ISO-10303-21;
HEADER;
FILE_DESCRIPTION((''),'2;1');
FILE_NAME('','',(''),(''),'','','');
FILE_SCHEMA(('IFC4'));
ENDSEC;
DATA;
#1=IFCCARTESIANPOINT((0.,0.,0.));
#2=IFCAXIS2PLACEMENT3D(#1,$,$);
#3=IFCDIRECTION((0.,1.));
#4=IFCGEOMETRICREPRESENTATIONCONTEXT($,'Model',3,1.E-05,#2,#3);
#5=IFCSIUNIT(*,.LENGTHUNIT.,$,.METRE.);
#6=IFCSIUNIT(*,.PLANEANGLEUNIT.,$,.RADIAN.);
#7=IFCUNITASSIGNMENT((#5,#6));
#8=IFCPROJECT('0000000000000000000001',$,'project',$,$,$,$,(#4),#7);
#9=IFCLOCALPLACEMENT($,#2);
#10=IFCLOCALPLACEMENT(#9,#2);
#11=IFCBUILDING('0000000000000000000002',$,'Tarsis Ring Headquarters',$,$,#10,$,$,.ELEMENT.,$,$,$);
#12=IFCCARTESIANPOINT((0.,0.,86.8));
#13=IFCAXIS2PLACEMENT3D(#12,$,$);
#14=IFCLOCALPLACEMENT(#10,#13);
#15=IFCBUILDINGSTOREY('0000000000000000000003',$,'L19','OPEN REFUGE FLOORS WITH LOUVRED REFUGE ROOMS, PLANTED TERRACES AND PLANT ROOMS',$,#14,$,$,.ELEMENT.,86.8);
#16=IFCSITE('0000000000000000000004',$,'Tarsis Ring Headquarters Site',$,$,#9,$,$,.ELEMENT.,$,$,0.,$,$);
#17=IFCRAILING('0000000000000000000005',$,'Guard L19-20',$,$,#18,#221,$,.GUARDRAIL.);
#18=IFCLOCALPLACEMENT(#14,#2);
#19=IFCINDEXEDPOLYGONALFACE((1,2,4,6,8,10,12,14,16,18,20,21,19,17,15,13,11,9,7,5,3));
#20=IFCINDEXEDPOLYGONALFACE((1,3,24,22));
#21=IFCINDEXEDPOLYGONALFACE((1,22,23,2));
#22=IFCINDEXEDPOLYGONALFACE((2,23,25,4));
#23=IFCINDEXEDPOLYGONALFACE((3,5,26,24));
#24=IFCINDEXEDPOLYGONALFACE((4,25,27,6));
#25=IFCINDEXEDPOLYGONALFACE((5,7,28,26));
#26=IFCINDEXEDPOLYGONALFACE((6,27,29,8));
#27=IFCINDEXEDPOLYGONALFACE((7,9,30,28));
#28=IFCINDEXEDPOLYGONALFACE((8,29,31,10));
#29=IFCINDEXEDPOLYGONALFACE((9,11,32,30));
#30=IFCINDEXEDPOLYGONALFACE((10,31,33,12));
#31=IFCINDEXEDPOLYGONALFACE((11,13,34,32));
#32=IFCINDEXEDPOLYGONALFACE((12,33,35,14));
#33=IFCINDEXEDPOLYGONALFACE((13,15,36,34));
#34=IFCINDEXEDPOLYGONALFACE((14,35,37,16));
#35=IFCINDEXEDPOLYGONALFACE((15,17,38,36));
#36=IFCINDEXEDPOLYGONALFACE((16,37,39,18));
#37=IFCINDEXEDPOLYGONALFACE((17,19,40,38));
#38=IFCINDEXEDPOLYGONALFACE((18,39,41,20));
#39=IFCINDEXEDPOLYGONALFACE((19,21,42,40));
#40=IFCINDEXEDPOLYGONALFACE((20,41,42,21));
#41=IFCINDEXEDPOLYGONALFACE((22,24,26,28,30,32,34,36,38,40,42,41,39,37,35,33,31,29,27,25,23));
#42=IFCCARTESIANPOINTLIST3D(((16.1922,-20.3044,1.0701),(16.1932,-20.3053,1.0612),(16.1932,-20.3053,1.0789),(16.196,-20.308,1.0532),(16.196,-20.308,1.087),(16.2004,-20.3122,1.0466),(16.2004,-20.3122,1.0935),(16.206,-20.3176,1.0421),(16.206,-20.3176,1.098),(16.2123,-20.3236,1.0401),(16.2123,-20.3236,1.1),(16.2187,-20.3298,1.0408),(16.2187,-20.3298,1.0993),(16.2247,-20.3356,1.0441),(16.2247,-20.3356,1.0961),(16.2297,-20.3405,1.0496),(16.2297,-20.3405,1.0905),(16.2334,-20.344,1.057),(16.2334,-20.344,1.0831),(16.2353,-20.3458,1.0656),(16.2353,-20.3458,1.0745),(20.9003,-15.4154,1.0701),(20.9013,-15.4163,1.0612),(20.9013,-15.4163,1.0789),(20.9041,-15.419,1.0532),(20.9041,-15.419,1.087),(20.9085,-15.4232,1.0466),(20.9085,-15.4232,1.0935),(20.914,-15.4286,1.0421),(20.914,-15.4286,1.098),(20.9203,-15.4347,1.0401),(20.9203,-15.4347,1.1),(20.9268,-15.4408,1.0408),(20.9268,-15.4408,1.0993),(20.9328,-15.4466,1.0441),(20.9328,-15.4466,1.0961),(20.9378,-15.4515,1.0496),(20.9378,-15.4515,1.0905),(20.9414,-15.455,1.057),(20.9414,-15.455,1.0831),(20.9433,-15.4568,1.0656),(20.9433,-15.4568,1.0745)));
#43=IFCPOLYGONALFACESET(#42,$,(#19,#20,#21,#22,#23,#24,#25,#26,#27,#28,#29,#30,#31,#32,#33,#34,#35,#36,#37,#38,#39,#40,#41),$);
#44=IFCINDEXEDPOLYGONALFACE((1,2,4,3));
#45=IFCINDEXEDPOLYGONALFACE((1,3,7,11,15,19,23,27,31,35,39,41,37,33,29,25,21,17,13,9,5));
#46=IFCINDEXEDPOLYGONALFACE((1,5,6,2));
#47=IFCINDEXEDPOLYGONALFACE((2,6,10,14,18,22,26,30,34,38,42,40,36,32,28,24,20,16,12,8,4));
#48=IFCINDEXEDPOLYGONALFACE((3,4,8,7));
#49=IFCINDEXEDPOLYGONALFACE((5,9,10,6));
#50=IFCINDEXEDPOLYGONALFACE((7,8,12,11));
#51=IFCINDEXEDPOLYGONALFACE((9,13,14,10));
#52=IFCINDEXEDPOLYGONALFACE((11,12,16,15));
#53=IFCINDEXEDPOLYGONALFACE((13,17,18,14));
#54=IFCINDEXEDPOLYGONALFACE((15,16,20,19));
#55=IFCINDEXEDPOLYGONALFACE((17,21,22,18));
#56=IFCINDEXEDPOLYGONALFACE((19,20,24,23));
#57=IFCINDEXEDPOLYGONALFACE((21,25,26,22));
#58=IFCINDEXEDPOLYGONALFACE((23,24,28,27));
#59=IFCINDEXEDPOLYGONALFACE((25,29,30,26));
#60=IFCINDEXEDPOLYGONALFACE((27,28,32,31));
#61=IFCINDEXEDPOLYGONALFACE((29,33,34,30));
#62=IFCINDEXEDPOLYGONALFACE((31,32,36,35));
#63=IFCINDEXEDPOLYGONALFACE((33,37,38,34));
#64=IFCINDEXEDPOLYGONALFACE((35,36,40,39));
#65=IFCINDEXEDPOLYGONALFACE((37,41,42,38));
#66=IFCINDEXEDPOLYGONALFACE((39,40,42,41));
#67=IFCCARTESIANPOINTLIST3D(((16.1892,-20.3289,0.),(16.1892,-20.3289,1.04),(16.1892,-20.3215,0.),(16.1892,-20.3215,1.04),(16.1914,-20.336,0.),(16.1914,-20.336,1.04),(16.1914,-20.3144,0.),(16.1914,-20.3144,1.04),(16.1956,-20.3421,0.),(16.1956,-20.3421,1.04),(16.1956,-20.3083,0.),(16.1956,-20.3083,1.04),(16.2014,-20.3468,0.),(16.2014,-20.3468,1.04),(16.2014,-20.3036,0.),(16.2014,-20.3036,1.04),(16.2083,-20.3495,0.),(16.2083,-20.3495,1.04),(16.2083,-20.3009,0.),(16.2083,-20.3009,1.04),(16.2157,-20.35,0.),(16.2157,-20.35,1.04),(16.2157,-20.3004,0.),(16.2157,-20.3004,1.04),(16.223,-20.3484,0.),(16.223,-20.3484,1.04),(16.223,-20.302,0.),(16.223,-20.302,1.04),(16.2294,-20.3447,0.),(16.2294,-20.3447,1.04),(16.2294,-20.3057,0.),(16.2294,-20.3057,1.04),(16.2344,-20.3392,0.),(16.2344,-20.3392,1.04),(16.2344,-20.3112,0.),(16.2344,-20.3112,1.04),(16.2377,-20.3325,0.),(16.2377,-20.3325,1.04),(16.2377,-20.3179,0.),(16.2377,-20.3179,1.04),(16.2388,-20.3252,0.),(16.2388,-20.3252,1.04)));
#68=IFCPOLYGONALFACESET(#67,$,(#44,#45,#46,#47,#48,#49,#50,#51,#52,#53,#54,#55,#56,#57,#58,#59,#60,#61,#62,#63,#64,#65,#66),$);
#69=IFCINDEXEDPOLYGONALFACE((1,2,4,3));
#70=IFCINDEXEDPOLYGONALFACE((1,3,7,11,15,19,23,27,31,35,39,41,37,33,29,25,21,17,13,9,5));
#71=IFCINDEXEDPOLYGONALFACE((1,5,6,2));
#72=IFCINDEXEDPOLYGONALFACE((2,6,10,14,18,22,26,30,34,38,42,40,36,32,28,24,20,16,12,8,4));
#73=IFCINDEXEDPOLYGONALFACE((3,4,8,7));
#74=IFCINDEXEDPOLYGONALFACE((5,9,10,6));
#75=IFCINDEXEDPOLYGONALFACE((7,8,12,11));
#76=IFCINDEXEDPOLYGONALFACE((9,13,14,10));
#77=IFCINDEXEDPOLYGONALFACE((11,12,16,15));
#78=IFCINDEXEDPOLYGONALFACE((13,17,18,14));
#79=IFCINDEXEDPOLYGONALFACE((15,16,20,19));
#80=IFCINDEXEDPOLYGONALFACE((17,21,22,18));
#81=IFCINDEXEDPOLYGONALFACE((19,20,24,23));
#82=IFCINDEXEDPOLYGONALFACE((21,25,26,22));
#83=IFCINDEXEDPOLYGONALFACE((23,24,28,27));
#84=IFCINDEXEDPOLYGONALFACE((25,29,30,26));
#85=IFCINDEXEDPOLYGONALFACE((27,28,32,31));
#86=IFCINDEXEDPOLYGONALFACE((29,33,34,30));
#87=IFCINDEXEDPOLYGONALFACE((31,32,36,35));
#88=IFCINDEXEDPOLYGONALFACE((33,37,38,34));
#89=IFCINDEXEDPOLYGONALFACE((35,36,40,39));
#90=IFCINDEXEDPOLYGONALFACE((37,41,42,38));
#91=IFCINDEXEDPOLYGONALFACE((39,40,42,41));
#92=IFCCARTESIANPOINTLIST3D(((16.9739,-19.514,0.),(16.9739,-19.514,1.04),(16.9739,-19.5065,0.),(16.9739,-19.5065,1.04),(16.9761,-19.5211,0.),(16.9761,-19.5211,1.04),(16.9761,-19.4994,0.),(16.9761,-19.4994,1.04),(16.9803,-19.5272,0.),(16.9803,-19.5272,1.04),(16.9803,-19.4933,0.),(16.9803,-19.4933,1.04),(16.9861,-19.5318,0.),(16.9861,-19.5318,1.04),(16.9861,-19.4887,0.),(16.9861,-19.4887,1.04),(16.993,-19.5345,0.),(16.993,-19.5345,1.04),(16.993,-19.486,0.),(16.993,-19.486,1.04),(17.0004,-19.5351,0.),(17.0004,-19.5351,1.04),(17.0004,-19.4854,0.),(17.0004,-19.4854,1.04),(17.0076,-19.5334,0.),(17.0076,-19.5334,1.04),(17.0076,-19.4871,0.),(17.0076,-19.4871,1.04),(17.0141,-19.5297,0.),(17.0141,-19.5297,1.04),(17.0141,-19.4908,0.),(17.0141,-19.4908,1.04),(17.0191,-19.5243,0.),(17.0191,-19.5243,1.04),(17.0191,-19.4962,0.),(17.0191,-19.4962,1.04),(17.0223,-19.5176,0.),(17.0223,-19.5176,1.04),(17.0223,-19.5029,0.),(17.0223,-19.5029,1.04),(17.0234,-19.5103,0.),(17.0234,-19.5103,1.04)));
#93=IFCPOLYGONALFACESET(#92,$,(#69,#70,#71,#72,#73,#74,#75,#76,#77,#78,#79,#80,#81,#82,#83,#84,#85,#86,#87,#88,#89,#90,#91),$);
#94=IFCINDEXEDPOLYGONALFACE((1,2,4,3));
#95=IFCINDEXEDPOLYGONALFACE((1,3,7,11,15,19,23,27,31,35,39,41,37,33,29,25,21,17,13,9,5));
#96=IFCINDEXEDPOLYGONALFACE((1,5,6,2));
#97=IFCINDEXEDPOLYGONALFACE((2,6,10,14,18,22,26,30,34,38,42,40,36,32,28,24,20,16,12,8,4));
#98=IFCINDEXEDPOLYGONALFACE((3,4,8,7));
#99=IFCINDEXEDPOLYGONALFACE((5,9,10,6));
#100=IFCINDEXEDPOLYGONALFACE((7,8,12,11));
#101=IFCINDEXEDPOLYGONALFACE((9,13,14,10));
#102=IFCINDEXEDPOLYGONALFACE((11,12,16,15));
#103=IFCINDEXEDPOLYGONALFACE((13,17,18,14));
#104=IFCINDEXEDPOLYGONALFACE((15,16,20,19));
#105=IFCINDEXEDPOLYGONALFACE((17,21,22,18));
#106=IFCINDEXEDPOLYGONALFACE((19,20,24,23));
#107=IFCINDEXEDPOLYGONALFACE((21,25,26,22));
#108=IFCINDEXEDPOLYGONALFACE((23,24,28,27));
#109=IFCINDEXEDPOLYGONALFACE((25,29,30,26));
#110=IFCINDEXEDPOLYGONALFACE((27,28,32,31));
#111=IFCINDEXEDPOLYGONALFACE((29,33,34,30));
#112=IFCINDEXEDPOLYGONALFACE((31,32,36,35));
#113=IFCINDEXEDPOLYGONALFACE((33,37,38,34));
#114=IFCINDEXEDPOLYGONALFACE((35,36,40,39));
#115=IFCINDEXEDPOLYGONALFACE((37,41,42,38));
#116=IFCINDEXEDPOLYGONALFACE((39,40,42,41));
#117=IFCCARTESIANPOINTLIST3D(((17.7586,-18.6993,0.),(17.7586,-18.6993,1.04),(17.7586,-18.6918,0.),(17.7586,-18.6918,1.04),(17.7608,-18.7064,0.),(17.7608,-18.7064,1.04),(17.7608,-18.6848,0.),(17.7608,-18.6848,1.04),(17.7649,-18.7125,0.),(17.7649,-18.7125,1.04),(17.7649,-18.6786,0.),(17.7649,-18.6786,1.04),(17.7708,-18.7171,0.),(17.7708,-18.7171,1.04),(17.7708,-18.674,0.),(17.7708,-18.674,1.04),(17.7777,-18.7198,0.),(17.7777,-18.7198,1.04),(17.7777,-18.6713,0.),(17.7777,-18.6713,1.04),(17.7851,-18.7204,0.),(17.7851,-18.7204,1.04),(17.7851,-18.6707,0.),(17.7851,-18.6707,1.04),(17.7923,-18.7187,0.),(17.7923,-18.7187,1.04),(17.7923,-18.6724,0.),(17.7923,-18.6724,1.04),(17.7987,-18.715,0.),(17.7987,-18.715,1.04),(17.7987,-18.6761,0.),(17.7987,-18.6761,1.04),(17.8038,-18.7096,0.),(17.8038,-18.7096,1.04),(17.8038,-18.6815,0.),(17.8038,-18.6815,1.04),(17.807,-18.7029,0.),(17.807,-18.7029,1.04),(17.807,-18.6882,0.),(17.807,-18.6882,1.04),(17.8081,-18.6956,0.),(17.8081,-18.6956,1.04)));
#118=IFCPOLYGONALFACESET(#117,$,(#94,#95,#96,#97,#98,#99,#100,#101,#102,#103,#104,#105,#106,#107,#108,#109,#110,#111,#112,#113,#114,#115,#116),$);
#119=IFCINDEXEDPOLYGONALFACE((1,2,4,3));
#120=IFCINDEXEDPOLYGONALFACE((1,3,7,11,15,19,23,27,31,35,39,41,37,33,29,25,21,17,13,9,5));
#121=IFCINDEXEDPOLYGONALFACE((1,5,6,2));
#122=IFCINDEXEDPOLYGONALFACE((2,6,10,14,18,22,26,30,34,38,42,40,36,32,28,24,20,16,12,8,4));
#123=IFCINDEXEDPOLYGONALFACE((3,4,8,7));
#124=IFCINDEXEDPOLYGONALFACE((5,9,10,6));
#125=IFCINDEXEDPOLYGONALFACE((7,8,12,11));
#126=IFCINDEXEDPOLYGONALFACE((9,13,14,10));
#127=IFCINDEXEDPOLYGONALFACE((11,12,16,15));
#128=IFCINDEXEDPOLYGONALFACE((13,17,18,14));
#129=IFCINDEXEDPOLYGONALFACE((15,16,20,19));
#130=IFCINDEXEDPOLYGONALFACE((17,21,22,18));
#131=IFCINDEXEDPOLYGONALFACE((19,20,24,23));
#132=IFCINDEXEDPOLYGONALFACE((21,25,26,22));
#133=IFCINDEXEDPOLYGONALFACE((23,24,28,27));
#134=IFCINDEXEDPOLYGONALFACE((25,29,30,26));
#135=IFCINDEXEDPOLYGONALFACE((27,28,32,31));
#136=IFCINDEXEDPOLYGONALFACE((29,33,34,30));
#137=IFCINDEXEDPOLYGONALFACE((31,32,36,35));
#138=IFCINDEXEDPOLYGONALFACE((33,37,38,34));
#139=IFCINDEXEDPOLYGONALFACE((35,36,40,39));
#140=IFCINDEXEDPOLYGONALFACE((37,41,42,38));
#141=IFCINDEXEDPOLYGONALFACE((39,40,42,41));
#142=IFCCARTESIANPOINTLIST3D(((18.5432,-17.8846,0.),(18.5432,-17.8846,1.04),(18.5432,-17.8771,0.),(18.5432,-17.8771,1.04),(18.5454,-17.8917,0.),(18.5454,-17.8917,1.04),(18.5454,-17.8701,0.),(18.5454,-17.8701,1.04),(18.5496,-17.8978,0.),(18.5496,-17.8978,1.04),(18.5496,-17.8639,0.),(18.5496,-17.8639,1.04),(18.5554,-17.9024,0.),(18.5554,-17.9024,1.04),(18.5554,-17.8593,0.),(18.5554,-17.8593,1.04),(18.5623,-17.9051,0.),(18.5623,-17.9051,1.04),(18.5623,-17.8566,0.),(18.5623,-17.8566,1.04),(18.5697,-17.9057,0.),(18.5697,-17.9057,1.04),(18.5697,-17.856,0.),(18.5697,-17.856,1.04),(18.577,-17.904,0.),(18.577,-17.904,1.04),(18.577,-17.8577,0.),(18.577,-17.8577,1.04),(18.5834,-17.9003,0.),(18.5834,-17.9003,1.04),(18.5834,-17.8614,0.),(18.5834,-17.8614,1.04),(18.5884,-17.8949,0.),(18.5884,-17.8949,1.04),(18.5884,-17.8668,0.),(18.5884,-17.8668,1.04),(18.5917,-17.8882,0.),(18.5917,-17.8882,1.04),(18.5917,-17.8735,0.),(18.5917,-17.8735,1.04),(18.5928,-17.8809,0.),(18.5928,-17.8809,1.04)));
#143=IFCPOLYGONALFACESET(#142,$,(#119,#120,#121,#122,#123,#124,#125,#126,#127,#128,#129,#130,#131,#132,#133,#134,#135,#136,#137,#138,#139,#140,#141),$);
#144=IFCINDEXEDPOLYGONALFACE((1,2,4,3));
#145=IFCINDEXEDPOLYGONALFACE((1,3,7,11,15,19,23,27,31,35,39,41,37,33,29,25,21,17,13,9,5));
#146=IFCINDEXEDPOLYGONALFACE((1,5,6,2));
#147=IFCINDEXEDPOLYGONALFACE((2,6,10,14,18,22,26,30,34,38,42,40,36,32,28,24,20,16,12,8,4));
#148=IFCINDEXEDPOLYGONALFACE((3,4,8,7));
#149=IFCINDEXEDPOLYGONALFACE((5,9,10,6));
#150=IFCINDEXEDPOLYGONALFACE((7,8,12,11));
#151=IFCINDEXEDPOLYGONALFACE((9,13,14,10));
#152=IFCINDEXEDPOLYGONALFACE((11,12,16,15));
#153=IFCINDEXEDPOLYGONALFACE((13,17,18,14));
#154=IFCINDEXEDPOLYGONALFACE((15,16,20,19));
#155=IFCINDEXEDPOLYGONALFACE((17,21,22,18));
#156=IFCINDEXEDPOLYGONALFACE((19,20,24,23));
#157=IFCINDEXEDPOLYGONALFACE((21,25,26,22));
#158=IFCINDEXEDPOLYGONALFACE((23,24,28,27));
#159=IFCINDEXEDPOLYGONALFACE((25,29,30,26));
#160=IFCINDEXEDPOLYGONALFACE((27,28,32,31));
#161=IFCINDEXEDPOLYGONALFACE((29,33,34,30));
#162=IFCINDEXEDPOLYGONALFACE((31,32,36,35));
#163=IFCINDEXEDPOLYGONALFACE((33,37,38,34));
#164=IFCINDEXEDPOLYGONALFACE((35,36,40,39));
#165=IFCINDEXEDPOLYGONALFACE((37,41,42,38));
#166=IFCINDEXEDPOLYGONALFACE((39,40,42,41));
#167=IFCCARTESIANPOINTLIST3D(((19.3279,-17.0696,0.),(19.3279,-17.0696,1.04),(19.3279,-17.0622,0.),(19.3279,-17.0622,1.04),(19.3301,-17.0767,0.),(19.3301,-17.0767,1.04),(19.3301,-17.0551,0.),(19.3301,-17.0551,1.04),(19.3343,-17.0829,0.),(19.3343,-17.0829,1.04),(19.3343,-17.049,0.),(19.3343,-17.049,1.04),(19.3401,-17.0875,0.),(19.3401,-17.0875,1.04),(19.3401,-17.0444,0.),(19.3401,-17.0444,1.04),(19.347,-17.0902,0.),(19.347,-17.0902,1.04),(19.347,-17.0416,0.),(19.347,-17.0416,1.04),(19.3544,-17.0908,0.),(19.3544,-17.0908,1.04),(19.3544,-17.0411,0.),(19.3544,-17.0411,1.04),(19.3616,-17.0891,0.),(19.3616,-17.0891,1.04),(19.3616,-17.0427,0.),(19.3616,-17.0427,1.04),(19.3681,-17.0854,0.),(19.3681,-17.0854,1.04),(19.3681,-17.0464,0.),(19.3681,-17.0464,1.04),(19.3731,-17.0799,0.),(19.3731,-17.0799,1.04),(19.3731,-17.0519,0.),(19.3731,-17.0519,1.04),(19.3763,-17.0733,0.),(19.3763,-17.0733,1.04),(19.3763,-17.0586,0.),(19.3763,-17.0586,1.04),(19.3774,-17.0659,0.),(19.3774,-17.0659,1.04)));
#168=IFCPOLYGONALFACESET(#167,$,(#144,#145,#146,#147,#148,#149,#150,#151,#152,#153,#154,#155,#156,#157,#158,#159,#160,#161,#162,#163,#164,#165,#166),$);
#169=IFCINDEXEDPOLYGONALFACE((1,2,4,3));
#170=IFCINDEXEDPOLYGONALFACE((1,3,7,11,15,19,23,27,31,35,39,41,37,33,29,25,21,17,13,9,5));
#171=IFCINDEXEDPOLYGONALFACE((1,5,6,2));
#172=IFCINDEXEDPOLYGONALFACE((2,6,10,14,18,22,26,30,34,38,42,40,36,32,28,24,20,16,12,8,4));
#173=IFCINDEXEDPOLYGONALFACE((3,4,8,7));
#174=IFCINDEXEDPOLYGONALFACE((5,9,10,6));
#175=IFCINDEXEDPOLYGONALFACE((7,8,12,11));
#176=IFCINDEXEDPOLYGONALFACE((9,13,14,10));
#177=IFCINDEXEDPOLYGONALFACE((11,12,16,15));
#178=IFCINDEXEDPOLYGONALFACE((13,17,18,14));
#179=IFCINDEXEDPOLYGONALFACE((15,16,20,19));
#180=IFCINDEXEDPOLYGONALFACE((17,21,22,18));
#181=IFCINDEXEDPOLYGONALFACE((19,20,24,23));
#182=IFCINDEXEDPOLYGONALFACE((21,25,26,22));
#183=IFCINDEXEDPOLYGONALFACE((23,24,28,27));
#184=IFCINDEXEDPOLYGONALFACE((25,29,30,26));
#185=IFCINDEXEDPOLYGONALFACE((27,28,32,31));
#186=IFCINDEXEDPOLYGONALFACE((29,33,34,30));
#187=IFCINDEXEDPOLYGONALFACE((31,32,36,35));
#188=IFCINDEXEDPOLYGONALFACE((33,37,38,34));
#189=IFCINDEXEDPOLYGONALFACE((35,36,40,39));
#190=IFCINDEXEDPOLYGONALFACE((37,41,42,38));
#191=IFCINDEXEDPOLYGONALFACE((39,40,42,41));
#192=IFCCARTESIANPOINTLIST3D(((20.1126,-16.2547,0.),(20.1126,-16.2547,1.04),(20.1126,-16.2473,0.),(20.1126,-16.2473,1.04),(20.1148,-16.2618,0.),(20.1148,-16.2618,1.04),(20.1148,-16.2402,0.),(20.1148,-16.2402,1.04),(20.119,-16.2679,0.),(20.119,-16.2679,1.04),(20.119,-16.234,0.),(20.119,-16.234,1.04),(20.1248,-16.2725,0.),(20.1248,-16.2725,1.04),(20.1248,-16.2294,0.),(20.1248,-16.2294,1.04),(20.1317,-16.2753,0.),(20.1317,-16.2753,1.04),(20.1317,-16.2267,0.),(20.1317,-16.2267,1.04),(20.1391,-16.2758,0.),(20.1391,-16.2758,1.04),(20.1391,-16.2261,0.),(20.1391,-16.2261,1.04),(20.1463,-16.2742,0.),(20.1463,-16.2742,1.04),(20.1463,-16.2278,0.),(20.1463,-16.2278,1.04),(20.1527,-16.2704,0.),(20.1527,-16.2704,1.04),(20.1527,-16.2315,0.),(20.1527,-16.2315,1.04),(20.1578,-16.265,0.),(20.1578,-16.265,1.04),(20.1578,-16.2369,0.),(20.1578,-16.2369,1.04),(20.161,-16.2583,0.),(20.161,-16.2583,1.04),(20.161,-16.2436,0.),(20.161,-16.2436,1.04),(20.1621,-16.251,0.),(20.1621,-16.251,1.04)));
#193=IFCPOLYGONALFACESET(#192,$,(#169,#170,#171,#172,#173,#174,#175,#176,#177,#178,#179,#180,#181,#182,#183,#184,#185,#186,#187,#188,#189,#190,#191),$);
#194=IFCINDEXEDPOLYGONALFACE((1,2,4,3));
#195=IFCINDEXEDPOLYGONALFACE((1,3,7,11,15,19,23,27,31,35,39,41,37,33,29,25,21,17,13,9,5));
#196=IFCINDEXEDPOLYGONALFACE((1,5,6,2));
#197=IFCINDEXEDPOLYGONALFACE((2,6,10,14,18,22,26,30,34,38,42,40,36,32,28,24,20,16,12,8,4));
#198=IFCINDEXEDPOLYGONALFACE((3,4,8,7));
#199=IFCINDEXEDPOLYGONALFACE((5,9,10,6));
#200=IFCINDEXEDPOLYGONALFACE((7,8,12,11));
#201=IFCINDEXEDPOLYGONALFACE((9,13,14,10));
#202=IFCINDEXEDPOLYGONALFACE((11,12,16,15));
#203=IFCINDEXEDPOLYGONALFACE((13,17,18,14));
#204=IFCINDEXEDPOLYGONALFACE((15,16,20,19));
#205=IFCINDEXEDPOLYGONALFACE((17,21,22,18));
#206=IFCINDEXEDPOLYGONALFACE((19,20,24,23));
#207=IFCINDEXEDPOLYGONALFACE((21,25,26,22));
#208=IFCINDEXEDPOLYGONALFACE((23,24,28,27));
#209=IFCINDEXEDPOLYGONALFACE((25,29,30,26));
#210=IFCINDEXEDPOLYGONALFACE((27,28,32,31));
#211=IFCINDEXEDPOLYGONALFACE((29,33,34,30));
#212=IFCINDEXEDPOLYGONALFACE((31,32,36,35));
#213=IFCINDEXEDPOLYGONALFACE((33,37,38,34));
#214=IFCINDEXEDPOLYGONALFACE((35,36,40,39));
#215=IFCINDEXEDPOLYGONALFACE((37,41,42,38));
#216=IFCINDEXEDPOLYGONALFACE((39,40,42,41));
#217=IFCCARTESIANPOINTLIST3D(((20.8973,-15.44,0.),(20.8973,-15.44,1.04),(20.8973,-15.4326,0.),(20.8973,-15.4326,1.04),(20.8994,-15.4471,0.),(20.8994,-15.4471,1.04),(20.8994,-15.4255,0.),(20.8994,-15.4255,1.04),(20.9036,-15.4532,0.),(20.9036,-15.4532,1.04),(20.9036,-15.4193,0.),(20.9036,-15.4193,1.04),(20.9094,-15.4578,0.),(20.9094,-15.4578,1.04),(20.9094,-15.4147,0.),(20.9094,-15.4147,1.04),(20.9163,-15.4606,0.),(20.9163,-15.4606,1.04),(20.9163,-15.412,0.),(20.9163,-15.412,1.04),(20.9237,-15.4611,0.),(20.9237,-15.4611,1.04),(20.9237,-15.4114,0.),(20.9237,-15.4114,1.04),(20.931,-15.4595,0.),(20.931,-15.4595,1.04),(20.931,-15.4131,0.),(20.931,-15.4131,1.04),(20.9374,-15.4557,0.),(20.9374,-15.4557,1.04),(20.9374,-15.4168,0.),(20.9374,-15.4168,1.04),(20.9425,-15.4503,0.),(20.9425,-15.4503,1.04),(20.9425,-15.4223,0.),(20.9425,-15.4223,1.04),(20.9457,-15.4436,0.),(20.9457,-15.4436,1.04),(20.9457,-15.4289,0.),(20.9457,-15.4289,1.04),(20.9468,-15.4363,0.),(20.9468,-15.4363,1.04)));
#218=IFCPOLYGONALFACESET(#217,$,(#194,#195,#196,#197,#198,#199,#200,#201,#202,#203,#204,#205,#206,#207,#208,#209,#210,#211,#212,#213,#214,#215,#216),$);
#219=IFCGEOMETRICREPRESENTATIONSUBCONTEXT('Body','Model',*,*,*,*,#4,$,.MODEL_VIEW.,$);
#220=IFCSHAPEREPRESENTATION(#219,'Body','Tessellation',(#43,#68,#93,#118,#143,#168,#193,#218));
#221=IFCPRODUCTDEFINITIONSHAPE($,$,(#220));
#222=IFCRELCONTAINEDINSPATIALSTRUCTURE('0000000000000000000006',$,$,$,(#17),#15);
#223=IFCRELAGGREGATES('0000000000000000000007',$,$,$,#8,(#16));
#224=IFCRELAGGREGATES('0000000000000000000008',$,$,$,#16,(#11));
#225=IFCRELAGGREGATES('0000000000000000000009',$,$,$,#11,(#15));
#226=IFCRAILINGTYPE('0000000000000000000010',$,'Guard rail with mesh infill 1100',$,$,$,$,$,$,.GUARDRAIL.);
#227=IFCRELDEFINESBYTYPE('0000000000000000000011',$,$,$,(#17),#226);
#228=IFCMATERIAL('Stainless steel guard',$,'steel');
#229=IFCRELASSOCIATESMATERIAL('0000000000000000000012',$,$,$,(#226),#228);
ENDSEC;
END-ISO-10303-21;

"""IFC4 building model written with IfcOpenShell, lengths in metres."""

from ifc_helpers import new_model, si_unit, direction, frame, origin, origin_2d, place, context, subcontext, project, spatial, circle, extrude, material, type_object, element, save


model = new_model("IFC4")

# Units and contexts
model_context = context("Model", 3, precision=1e-05, world=origin(), true_north=direction((0.0, 1.0)))
body_context = subcontext(model_context, "Body", "Model", "MODEL_VIEW")
ifc_project = project(units=[si_unit("LENGTHUNIT", "METRE"), si_unit("PLANEANGLEUNIT", "RADIAN")], contexts=[model_context])

# Site, building, storey
site_placement = place(None, origin())
site = spatial("IfcSite", under=ifc_project, at=site_placement, Name="Tarsis Ring Headquarters Site", CompositionType="ELEMENT", RefElevation=0.0)
building_placement = place(site_placement, origin())
building = spatial("IfcBuilding", under=site, at=building_placement, Name="Tarsis Ring Headquarters", CompositionType="ELEMENT")
storey_placement = place(building_placement, frame((0.0, 0.0, 86.8)))
storey = spatial("IfcBuildingStorey", under=building, at=storey_placement, Name="L19", Description="OPEN REFUGE FLOORS WITH LOUVRED REFUGE ROOMS, PLANTED TERRACES AND PLANT ROOMS", CompositionType="ELEMENT", Elevation=86.8)

# Railing
ifc_material_1 = material(Name="Stainless steel guard", Category="steel")
railing_type = type_object("IfcRailingType", Name="Guard rail with mesh infill 1100", PredefinedType="GUARDRAIL", material=ifc_material_1)
railing_1_placement = place(storey_placement, frame((16.2139, -20.3252, 0.0)))
element("IfcRailing", 1, at=railing_1_placement, inside=storey, type_object=railing_type, Name="Guard L19-20", PredefinedType="GUARDRAIL", context=body_context, shape_type="SweptSolid", body=[
    extrude(circle(Radius=0.03, at=origin_2d()), frame((0.0, 0.0, 1.0701), z_axis=(0.693654, 0.720308, 0.0), x_axis=(-0.720308, 0.693654, 0.0)), (0.0, 0.0, 1.0), 6.7874),
    extrude(circle(Radius=0.0249, at=origin_2d()), origin(), (0.0, 0.0, 1.0), 1.04),
    extrude(circle(Radius=0.0249, at=origin_2d()), frame((0.7847, 0.8149, 0.0)), (0.0, 0.0, 1.0), 1.04),
    extrude(circle(Radius=0.0249, at=origin_2d()), frame((1.5693, 1.6296, 0.0)), (0.0, 0.0, 1.0), 1.04),
    extrude(circle(Radius=0.0249, at=origin_2d()), frame((2.354, 2.4443, 0.0)), (0.0, 0.0, 1.0), 1.04),
    extrude(circle(Radius=0.0249, at=origin_2d()), frame((3.1387, 3.2593, 0.0)), (0.0, 0.0, 1.0), 1.04),
    extrude(circle(Radius=0.0249, at=origin_2d()), frame((3.9233, 4.0742, 0.0)), (0.0, 0.0, 1.0), 1.04),
    extrude(circle(Radius=0.0249, at=origin_2d()), frame((4.708, 4.8889, 0.0)), (0.0, 0.0, 1.0), 1.04),
])

save(model, "model.ifc")
